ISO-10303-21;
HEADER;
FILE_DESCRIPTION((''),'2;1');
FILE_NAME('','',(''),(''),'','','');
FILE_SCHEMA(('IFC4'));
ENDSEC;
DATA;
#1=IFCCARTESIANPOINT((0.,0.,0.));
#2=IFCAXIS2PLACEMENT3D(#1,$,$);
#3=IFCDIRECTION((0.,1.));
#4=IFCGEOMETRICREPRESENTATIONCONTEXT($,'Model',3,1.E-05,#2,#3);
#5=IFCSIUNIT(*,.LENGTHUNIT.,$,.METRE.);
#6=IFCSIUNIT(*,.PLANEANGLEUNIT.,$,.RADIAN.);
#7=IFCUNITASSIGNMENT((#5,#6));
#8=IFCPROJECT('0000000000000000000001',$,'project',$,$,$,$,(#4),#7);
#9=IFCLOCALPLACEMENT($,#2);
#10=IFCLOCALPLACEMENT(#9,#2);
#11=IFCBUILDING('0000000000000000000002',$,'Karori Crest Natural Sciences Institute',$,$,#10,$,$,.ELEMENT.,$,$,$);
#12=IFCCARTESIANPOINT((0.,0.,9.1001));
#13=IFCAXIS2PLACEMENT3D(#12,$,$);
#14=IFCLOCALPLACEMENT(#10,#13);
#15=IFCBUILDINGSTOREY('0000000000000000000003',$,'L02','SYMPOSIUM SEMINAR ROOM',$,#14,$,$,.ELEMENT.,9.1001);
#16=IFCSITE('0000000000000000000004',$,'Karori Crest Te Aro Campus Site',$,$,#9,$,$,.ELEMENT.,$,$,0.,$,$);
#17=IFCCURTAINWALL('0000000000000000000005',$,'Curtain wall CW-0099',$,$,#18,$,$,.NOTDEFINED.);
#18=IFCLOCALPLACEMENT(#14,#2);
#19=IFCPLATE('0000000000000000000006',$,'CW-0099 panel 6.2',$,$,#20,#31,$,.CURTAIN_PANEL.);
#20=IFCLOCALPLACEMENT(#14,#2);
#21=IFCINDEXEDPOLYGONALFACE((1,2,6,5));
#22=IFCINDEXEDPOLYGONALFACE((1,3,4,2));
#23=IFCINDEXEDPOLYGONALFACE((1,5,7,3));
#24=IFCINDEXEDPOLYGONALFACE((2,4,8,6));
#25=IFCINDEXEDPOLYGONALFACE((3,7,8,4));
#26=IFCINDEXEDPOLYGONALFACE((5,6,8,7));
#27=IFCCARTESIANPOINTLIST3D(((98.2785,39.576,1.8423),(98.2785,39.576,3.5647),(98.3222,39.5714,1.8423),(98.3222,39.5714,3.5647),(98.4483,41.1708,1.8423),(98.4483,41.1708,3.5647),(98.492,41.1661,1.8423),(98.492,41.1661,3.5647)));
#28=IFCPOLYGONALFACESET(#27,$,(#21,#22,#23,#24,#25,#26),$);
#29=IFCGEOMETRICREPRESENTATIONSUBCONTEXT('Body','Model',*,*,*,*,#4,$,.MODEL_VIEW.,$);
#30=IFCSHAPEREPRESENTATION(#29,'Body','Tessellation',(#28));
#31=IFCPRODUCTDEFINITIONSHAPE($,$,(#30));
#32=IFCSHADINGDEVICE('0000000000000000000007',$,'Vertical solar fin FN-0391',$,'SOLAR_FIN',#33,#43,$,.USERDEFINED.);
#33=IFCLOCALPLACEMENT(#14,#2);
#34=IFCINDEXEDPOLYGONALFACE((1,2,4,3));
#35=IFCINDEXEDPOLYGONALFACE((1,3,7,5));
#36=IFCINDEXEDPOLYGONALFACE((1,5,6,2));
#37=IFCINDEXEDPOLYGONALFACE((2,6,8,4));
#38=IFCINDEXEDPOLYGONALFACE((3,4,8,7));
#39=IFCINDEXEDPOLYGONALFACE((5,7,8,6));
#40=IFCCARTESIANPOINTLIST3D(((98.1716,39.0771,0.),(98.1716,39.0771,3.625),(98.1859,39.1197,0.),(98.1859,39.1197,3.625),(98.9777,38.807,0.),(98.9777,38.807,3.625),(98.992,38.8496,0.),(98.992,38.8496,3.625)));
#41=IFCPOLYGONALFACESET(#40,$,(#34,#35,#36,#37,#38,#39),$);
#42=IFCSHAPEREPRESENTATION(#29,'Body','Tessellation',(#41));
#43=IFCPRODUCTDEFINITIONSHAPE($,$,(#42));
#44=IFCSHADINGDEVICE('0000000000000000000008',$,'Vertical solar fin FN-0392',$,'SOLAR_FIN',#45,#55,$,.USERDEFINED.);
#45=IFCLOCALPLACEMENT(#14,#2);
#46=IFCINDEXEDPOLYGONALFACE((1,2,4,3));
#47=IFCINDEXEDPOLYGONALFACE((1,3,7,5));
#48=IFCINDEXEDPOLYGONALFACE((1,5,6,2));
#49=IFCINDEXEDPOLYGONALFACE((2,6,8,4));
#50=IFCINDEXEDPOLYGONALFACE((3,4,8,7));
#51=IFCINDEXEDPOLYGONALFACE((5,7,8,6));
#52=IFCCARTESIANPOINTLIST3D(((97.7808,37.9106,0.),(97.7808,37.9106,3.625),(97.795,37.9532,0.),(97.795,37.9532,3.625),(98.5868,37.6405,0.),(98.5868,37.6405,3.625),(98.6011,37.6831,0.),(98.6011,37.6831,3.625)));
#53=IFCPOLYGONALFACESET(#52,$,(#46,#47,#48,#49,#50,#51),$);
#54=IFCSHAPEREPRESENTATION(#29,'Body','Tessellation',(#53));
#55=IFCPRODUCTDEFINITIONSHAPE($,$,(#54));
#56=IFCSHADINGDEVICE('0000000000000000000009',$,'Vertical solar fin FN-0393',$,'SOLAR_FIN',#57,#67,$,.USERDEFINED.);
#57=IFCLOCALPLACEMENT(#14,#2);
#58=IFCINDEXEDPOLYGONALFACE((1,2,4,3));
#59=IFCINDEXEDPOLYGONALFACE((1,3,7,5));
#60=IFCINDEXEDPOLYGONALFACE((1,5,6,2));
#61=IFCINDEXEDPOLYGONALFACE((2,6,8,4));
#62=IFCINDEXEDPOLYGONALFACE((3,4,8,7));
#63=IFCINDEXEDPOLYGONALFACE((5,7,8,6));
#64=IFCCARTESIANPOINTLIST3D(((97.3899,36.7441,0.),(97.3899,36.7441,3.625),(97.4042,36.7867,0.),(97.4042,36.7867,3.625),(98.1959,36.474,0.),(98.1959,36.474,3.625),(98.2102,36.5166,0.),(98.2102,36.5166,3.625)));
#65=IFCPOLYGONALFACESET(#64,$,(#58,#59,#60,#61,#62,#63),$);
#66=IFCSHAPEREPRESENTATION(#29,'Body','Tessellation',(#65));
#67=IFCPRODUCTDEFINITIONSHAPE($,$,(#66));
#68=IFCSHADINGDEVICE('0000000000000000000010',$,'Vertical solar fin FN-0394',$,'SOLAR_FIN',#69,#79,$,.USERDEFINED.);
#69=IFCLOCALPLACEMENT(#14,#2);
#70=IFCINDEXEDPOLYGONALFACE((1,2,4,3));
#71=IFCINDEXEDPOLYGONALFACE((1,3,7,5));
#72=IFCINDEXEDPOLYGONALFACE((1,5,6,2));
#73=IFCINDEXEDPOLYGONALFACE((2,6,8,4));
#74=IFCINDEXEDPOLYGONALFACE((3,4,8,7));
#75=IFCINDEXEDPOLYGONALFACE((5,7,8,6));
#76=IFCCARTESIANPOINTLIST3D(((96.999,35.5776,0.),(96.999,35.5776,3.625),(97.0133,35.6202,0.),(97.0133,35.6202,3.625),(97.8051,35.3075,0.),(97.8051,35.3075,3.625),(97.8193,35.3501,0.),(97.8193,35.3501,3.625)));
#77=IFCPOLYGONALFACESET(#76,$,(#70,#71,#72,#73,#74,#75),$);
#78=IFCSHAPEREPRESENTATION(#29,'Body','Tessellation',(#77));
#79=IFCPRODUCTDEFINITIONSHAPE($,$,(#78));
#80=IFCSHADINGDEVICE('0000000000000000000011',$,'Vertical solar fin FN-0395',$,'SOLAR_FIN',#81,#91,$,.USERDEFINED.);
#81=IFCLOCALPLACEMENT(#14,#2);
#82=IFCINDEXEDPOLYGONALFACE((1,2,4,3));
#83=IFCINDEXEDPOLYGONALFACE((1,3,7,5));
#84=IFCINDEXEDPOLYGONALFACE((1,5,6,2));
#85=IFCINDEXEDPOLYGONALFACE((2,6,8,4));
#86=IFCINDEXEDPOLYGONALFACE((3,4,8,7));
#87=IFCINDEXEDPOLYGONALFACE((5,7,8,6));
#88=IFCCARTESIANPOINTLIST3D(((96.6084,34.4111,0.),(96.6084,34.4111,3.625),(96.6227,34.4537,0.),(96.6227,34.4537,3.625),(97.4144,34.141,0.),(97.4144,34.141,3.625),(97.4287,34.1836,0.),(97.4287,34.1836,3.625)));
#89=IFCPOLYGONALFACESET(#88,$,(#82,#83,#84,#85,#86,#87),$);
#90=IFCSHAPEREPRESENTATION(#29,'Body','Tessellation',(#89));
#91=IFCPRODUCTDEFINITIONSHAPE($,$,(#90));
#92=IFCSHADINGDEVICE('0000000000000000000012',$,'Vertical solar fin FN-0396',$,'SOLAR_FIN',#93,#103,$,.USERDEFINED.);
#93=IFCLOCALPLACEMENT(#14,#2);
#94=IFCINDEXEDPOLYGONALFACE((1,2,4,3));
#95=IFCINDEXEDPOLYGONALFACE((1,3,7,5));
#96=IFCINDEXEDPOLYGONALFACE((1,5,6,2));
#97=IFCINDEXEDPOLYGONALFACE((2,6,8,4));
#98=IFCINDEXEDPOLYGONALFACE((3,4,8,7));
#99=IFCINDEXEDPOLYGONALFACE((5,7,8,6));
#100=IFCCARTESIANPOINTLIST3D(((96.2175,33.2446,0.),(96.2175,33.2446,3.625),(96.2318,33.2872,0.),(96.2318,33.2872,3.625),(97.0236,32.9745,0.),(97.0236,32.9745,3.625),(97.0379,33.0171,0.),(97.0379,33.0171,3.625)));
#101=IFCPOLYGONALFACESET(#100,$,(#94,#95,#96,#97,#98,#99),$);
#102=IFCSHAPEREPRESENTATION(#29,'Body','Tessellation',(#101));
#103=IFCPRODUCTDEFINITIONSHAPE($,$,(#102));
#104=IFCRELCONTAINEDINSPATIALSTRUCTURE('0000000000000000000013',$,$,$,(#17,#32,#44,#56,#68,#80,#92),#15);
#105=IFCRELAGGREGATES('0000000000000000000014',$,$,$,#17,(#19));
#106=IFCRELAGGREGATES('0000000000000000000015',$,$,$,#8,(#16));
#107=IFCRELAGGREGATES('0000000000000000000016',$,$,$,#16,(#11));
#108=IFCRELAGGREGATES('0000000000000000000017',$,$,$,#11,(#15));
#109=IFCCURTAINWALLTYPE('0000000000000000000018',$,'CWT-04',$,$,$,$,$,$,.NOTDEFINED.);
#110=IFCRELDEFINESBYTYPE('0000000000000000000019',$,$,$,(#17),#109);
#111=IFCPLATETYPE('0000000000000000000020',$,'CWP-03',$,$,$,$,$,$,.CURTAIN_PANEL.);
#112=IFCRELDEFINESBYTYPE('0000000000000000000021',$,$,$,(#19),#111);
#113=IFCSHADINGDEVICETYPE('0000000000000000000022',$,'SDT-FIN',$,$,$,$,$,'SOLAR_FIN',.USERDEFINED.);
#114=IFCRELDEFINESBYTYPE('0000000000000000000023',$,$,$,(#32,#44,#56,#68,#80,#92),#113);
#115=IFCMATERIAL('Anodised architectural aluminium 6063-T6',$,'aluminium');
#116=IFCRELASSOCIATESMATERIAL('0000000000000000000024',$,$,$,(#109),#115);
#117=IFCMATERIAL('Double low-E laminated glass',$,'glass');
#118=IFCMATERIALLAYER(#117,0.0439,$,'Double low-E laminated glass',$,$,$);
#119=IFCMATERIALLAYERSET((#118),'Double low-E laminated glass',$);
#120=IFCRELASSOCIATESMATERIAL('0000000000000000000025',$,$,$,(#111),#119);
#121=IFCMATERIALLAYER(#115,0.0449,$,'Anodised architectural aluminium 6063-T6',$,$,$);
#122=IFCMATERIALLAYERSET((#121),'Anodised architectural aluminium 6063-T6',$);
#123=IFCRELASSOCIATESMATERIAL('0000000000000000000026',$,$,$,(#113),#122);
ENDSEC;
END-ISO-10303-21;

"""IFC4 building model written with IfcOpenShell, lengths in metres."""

from ifc_helpers import new_model, si_unit, direction, frame, origin, origin_2d, place, context, subcontext, project, spatial, rectangle, extrude, material, layer, layer_set, type_object, element, aggregate, save


model = new_model("IFC4")

# Units and contexts
model_context = context("Model", 3, precision=1e-05, world=origin(), true_north=direction((0.0, 1.0)))
body_context = subcontext(model_context, "Body", "Model", "MODEL_VIEW")
ifc_project = project(units=[si_unit("LENGTHUNIT", "METRE"), si_unit("PLANEANGLEUNIT", "RADIAN")], contexts=[model_context])

# Site, building, storey
site_placement = place(None, origin())
site = spatial("IfcSite", under=ifc_project, at=site_placement, Name="Karori Crest Te Aro Campus Site", CompositionType="ELEMENT", RefElevation=0.0)
building_placement = place(site_placement, origin())
building = spatial("IfcBuilding", under=site, at=building_placement, Name="Karori Crest Natural Sciences Institute", CompositionType="ELEMENT")
storey_placement = place(building_placement, frame((0.0, 0.0, 9.1001)))
storey = spatial("IfcBuildingStorey", under=building, at=storey_placement, Name="L02", Description="SYMPOSIUM SEMINAR ROOM", CompositionType="ELEMENT", Elevation=9.1001)

# Curtain wall
ifc_material_1 = material(Name="Anodised architectural aluminium 6063-T6", Category="aluminium")
curtain_wall_type_1 = type_object("IfcCurtainWallType", Name="CWT-04", PredefinedType="NOTDEFINED", material=ifc_material_1)
curtain_wall_1_placement = place(storey_placement, origin())
curtain_wall_1 = element("IfcCurtainWall", 1, at=curtain_wall_1_placement, inside=storey, type_object=curtain_wall_type_1, Name="Curtain wall CW-0099", PredefinedType="NOTDEFINED")

# Plate
ifc_material_2 = material(Name="Double low-E laminated glass", Category="glass")
ifc_layer_1 = layer(ifc_material_2, 0.0439, Name="Double low-E laminated glass")
ifc_layer_set_1 = layer_set([ifc_layer_1], Name="Double low-E laminated glass")
plate_type_1 = type_object("IfcPlateType", Name="CWP-03", PredefinedType="CURTAIN_PANEL", material=ifc_layer_set_1)
plate_1_placement = place(storey_placement, frame((98.3853, 40.3711, 1.8423), z_axis=(0.0, 0.0, 1.0), x_axis=(-0.105884, -0.994378, 0.0)))
plate_1 = element("IfcPlate", 2, at=plate_1_placement, type_object=plate_type_1, Name="CW-0099 panel 6.2", PredefinedType="CURTAIN_PANEL", context=body_context, shape_type="SweptSolid", body=[
    extrude(rectangle(XDim=1.6038, YDim=0.0439, at=origin_2d()), origin(), (0.0, 0.0, 1.0), 1.7224),
])
aggregate(curtain_wall_1, [plate_1])

# Shading devices
ifc_layer_2 = layer(ifc_material_1, 0.0449, Name="Anodised architectural aluminium 6063-T6")
ifc_layer_set_2 = layer_set([ifc_layer_2], Name="Anodised architectural aluminium 6063-T6")
shading_device_type = type_object("IfcShadingDeviceType", Name="SDT-FIN", ElementType="SOLAR_FIN", PredefinedType="USERDEFINED", material=ifc_layer_set_2)
for number, where, z_axis, x_axis, name in (
    (3, (98.5818, 38.9634, 0.0), (0.0, 0.0, 1.0), (0.948196, -0.317685, 0.0), "Vertical solar fin FN-0391"),
    (4, (98.1909, 37.7969, 0.0), (0.0, 0.0, 1.0), (0.948196, -0.317685, 0.0), "Vertical solar fin FN-0392"),
    (5, (97.8, 36.6304, 0.0), (0.0, 0.0, 1.0), (0.948196, -0.317685, 0.0), "Vertical solar fin FN-0393"),
    (6, (97.4092, 35.4639, 0.0), (0.0, 0.0, 1.0), (0.948196, -0.317685, 0.0), "Vertical solar fin FN-0394"),
    (7, (97.0186, 34.2974, 0.0), (0.0, 0.0, 1.0), (0.948196, -0.317685, 0.0), "Vertical solar fin FN-0395"),
    (8, (96.6277, 33.1309, 0.0), (0.0, 0.0, 1.0), (0.948196, -0.317685, 0.0), "Vertical solar fin FN-0396"),
):
    element("IfcShadingDevice", number, at=place(storey_placement, frame(where, z_axis=z_axis, x_axis=x_axis)), inside=storey, type_object=shading_device_type, Name=name, ObjectType="SOLAR_FIN", PredefinedType="USERDEFINED", context=body_context, shape_type="SweptSolid", body=[
        extrude(rectangle(XDim=0.8501, YDim=0.0449, at=origin_2d()), origin(), (0.0, 0.0, 1.0), 3.625),
    ])

save(model, "model.ifc")
